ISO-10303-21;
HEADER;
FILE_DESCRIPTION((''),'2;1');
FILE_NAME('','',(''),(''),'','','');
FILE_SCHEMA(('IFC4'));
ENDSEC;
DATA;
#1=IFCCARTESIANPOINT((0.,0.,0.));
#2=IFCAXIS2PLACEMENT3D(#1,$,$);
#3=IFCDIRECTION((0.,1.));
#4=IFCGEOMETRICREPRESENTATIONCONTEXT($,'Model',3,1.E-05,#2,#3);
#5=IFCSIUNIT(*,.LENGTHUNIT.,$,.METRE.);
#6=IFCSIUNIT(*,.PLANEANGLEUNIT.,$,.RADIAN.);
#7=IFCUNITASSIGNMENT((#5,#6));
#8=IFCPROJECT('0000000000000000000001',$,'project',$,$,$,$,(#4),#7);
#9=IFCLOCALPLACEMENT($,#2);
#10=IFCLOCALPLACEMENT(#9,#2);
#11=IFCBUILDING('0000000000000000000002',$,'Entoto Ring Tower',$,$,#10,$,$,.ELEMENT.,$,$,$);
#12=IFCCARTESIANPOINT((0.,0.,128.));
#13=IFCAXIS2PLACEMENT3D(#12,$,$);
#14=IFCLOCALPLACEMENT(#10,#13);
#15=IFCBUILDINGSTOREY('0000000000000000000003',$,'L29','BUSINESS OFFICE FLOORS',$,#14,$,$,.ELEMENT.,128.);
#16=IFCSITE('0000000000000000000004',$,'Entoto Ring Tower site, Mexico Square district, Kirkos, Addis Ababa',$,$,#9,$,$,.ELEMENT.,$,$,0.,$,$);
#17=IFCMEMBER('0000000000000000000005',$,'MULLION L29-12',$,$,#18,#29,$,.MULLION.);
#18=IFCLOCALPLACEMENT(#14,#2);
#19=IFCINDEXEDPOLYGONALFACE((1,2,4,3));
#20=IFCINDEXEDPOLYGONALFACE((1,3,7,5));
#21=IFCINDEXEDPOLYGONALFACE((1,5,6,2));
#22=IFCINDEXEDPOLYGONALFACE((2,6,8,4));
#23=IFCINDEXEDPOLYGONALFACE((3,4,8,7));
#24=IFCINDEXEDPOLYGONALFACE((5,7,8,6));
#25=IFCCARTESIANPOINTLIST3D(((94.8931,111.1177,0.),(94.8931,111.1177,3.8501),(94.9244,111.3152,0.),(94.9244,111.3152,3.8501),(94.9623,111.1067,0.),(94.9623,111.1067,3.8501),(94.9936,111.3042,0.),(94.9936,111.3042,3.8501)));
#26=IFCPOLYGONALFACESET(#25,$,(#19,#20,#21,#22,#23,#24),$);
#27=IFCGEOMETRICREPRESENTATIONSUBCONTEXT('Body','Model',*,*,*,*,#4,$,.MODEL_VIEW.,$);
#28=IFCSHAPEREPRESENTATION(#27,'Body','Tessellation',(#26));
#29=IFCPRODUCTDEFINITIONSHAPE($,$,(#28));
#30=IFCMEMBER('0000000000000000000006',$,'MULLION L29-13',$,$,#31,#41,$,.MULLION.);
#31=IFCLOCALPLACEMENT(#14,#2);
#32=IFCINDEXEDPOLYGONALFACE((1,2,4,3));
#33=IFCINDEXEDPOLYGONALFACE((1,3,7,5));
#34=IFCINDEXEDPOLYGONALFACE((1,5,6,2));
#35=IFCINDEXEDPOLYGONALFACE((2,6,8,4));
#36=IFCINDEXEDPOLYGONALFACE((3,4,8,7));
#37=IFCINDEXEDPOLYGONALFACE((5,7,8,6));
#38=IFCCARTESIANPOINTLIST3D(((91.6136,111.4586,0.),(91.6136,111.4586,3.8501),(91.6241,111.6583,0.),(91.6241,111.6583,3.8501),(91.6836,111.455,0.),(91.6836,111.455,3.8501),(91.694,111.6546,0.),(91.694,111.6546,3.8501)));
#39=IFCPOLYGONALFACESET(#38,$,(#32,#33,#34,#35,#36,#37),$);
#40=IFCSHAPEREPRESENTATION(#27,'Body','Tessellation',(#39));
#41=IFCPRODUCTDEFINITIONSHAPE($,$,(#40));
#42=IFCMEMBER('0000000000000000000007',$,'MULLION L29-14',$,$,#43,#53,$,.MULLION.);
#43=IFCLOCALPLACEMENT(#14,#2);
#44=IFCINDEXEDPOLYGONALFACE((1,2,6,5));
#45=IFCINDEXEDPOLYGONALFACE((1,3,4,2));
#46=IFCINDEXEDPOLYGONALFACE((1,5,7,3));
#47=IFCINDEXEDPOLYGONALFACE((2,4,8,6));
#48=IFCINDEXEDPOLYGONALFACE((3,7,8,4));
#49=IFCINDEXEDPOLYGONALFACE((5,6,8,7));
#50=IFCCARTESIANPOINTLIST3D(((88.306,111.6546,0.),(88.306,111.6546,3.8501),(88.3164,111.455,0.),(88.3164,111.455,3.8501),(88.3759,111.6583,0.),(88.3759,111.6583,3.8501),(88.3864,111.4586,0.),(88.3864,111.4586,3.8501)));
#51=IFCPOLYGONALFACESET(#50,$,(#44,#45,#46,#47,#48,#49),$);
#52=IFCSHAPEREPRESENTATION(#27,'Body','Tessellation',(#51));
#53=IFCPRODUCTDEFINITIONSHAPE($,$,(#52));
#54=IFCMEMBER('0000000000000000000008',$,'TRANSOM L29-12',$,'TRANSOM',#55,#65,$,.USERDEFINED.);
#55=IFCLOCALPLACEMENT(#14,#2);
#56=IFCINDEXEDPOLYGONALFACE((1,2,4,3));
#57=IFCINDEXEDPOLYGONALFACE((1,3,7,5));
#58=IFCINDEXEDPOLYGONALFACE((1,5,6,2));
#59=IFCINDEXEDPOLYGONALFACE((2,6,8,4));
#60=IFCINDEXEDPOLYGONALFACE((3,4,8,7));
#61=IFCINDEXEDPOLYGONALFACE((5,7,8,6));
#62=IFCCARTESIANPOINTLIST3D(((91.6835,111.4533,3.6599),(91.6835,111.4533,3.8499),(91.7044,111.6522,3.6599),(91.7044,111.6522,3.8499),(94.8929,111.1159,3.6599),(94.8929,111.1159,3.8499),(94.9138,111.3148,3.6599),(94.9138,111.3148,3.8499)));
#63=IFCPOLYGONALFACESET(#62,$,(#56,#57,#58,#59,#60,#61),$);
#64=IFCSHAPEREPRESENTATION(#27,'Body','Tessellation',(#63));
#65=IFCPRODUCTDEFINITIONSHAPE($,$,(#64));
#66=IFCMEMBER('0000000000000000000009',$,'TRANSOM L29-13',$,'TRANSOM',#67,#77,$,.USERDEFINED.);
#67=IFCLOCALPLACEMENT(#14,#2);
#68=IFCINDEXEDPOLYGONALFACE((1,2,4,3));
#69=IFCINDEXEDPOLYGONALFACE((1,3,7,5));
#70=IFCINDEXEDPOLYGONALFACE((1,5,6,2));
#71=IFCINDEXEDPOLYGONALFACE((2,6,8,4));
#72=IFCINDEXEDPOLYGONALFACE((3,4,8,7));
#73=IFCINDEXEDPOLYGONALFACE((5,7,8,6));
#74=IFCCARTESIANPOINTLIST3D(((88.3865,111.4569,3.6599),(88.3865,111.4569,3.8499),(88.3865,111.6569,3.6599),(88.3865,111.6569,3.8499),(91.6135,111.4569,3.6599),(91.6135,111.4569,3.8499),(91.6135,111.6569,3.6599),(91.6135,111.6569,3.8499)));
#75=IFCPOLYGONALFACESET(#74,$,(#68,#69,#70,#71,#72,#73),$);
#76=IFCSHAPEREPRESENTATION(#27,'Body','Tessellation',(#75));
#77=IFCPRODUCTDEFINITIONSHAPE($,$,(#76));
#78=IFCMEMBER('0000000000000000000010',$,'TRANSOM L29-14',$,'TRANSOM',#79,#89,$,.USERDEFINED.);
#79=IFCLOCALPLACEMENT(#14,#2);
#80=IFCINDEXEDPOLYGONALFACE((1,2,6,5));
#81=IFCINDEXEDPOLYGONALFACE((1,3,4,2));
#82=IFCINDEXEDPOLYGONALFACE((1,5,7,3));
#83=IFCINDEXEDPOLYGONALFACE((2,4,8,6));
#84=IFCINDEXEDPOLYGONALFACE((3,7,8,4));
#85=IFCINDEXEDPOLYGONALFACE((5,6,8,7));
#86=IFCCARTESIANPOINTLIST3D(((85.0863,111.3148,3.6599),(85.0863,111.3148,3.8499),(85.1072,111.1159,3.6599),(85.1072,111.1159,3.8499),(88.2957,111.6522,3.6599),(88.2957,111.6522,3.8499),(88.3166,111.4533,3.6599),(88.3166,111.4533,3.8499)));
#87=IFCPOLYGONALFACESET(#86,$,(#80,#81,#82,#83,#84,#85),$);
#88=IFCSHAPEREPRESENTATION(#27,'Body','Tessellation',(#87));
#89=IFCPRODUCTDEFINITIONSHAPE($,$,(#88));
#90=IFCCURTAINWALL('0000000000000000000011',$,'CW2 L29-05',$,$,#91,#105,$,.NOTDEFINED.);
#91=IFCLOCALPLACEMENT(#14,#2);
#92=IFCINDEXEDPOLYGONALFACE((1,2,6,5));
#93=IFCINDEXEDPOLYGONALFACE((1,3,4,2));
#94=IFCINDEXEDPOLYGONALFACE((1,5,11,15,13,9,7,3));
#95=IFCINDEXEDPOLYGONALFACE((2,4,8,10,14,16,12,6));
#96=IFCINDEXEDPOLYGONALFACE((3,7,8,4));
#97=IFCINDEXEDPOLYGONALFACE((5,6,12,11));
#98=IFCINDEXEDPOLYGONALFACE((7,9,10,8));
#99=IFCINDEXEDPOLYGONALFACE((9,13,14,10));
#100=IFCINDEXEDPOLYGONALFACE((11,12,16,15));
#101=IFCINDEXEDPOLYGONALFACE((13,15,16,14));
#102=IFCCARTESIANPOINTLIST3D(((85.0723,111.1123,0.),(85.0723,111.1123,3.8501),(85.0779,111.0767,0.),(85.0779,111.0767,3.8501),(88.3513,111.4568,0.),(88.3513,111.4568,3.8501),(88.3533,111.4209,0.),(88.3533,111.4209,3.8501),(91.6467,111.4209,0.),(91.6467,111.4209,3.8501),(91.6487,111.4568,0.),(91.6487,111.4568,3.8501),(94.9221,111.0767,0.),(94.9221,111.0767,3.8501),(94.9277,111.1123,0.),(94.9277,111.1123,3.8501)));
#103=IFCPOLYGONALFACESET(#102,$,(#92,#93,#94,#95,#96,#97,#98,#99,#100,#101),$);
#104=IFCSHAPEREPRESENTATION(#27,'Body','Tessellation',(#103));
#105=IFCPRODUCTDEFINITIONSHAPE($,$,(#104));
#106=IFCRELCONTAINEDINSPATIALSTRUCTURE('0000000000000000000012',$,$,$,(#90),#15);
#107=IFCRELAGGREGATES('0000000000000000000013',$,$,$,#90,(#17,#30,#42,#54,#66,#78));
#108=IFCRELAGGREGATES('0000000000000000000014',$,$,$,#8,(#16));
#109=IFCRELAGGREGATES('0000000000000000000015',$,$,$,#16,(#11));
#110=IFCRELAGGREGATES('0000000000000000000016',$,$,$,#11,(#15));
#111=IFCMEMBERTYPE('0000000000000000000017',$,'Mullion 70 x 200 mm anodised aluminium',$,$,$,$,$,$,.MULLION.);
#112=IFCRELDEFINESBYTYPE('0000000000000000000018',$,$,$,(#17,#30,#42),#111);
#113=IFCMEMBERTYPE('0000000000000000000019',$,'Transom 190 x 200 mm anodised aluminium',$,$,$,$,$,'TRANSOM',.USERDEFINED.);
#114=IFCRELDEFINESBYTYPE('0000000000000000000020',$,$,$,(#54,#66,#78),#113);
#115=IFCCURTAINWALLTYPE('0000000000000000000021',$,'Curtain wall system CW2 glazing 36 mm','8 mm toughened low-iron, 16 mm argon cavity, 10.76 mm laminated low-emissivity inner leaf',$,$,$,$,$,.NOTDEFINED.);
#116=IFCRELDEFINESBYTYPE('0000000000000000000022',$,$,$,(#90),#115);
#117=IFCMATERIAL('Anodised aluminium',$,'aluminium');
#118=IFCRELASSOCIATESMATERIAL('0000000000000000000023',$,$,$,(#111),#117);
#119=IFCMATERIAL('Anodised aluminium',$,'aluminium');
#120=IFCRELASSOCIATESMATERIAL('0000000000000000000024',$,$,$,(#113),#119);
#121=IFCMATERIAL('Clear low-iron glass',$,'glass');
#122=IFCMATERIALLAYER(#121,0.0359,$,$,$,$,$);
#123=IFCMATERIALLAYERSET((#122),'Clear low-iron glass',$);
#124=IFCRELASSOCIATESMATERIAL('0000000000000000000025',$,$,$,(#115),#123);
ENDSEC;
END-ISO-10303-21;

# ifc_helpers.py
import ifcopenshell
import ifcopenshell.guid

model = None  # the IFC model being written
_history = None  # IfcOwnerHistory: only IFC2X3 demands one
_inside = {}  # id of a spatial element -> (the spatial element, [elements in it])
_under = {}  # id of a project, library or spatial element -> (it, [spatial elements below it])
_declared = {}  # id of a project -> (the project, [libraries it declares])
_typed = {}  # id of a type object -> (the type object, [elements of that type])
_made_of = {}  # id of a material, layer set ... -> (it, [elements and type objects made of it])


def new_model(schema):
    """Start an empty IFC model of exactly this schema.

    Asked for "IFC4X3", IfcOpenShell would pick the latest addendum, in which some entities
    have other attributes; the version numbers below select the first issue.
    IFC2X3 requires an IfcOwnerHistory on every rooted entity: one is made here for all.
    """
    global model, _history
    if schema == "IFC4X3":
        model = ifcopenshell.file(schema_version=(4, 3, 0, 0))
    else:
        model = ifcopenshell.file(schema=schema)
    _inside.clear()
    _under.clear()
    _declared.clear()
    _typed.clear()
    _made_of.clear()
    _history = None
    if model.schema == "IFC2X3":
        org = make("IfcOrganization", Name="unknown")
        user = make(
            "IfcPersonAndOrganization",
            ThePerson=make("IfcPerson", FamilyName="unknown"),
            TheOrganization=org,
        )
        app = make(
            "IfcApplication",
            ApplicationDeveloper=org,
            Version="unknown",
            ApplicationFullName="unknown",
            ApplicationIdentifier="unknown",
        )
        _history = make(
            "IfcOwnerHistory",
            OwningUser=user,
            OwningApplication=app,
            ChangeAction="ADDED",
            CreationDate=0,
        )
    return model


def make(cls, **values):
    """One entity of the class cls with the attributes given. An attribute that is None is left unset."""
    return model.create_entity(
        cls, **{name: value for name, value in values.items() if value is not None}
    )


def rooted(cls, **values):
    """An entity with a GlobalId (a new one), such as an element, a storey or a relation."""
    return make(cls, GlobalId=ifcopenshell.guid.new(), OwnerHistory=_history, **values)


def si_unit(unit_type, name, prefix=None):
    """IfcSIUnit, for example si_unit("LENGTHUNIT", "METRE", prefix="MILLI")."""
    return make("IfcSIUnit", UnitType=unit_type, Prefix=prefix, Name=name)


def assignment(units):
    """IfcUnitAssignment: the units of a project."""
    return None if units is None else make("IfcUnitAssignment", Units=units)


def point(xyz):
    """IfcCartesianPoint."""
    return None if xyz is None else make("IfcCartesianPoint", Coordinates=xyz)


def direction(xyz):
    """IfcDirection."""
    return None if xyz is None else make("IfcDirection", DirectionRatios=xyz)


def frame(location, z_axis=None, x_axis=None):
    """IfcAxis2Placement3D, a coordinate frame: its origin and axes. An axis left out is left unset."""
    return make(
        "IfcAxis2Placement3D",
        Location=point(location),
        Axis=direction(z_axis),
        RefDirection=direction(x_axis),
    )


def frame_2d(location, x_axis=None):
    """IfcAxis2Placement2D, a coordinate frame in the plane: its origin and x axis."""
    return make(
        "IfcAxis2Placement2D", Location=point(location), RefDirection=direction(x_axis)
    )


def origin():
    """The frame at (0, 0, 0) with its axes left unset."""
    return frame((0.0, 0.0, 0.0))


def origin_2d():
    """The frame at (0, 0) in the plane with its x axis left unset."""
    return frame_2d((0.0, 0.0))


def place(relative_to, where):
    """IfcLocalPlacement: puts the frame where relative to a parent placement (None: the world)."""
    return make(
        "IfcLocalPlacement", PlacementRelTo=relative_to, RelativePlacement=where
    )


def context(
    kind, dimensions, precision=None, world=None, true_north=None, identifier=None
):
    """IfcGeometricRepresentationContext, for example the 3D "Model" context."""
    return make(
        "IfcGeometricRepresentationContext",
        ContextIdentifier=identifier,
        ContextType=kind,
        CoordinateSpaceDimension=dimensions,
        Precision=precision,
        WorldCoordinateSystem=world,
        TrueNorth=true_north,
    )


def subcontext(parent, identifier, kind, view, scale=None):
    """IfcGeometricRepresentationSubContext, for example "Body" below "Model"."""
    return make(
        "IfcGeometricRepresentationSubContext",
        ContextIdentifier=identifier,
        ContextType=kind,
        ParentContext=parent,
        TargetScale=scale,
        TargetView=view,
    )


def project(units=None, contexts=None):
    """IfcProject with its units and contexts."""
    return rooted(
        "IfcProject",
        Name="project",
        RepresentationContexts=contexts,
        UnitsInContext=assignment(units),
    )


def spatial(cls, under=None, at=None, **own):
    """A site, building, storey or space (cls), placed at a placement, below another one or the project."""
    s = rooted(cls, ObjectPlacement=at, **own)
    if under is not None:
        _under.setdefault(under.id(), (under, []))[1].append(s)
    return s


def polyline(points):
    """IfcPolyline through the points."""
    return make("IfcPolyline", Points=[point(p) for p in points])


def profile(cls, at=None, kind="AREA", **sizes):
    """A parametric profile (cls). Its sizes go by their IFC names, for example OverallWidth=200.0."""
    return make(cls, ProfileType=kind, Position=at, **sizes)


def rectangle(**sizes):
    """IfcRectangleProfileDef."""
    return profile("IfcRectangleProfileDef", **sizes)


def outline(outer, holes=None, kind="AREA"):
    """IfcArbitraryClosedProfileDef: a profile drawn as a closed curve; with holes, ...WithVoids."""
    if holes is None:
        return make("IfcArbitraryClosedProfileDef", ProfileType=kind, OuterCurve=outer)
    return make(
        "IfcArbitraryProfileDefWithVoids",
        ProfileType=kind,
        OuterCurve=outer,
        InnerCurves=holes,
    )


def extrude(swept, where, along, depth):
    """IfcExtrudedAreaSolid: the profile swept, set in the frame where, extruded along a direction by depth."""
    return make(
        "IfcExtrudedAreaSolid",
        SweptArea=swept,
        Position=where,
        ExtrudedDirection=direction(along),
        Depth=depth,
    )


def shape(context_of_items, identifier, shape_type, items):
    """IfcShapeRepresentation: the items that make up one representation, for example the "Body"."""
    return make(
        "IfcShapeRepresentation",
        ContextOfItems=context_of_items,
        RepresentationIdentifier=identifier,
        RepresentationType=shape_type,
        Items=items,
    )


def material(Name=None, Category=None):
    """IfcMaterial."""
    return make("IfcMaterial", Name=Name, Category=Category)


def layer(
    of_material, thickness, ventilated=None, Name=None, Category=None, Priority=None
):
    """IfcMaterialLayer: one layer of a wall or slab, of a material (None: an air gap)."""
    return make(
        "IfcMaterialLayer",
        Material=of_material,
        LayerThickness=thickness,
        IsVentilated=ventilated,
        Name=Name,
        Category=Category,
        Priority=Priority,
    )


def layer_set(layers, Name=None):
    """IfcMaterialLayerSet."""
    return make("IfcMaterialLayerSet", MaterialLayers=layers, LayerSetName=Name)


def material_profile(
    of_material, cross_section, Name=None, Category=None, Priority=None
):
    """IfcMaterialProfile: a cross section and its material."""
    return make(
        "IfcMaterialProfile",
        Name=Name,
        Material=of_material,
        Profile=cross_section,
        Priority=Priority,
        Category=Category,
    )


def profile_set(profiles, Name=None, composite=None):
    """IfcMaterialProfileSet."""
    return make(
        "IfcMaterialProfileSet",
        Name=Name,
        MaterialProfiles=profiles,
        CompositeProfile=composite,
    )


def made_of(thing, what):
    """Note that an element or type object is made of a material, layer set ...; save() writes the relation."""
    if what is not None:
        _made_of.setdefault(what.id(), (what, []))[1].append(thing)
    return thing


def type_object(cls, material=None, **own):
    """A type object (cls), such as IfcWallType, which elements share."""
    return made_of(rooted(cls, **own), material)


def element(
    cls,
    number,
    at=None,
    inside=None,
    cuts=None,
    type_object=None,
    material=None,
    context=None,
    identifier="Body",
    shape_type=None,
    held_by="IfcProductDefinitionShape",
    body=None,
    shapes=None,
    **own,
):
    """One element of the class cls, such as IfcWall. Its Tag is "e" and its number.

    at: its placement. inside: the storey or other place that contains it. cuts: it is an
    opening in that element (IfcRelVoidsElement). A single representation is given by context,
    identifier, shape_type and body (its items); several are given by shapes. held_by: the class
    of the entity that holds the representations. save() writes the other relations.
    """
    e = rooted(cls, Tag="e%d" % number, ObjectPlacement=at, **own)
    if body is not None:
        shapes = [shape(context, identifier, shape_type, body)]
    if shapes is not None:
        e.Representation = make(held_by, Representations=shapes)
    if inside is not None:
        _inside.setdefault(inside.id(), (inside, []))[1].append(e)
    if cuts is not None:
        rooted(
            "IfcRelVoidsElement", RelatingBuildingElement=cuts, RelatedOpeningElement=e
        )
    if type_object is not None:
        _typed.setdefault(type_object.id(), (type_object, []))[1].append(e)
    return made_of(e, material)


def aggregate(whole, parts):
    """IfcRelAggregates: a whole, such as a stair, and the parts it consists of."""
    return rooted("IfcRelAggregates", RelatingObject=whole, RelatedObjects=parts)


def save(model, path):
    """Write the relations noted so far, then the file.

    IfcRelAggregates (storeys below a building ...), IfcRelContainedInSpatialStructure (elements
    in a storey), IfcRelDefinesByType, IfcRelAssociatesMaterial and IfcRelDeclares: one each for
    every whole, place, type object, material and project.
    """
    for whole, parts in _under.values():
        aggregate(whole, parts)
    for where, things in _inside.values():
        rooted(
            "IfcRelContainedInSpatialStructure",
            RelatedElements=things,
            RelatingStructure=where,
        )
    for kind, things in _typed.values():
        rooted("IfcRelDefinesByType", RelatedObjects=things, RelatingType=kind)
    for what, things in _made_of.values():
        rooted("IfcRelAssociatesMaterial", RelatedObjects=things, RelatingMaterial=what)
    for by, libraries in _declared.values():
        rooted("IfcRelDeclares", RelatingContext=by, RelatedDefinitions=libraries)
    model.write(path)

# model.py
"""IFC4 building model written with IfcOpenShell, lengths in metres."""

from ifc_helpers import new_model, si_unit, direction, frame, origin, origin_2d, place, context, subcontext, project, spatial, polyline, rectangle, outline, extrude, material, layer, layer_set, material_profile, profile_set, type_object, element, aggregate, save


model = new_model("IFC4")

# Units and contexts
model_context = context("Model", 3, precision=1e-05, world=origin(), true_north=direction((0.0, 1.0)))
body_context = subcontext(model_context, "Body", "Model", "MODEL_VIEW")
ifc_project = project(units=[si_unit("LENGTHUNIT", "METRE"), si_unit("PLANEANGLEUNIT", "RADIAN")], contexts=[model_context])

# Members
ifc_material_1 = material(Name="Anodised aluminium", Category="aluminium")
ifc_material_profile_1 = material_profile(ifc_material_1, rectangle(XDim=0.0701, YDim=0.2, at=origin_2d()), Name="Mullion 70 x 200 mm anodised aluminium")
ifc_profile_set_1 = profile_set([ifc_material_profile_1], Name="Anodised aluminium")
member_type_1 = type_object("IfcMemberType", Name="Mullion 70 x 200 mm anodised aluminium", PredefinedType="MULLION", material=ifc_profile_set_1)
site_placement = place(None, origin())
building_placement = place(site_placement, origin())
storey_placement = place(building_placement, frame((0.0, 0.0, 128.0)))
member_1_placement = place(storey_placement, frame((94.9434, 111.2109, 0.0), z_axis=(0.0, 0.0, 1.0), x_axis=(-0.987688, 0.156434, 0.0)))
member_1 = element("IfcMember", 1, at=member_1_placement, type_object=member_type_1, Name="MULLION L29-12", PredefinedType="MULLION", context=body_context, shape_type="SweptSolid", body=[
    extrude(rectangle(XDim=0.0701, YDim=0.2, at=origin_2d()), origin(), (0.0, 0.0, 1.0), 3.8501),
])
member_2_placement = place(storey_placement, frame((91.6538, 111.5566, 0.0), z_axis=(0.0, 0.0, 1.0), x_axis=(-0.99863, 0.052336, 0.0)))
member_2 = element("IfcMember", 2, at=member_2_placement, type_object=member_type_1, Name="MULLION L29-13", PredefinedType="MULLION", context=body_context, shape_type="SweptSolid", body=[
    extrude(rectangle(XDim=0.0701, YDim=0.2, at=origin_2d()), origin(), (0.0, 0.0, 1.0), 3.8501),
])
member_3_placement = place(storey_placement, frame((88.3462, 111.5566, 0.0), z_axis=(0.0, 0.0, 1.0), x_axis=(-0.99863, -0.052336, 0.0)))
member_3 = element("IfcMember", 3, at=member_3_placement, type_object=member_type_1, Name="MULLION L29-14", PredefinedType="MULLION", context=body_context, shape_type="SweptSolid", body=[
    extrude(rectangle(XDim=0.0701, YDim=0.2, at=origin_2d()), origin(), (0.0, 0.0, 1.0), 3.8501),
])
ifc_material_2 = material(Name="Anodised aluminium", Category="aluminium")
ifc_material_profile_2 = material_profile(ifc_material_2, rectangle(XDim=0.2, YDim=0.1899, at=origin_2d()), Name="Transom 190 x 200 mm anodised aluminium")
ifc_profile_set_2 = profile_set([ifc_material_profile_2], Name="Anodised aluminium")
member_type_2 = type_object("IfcMemberType", Name="Transom 190 x 200 mm anodised aluminium", ElementType="TRANSOM", PredefinedType="USERDEFINED", material=ifc_profile_set_2)
member_4_placement = place(storey_placement, frame((94.9033, 111.2153, 3.7549), z_axis=(-0.99452, 0.104551, 0.0), x_axis=(-0.104551, -0.99452, 0.0)))
member_4 = element("IfcMember", 4, at=member_4_placement, type_object=member_type_2, Name="TRANSOM L29-12", ObjectType="TRANSOM", PredefinedType="USERDEFINED", context=body_context, shape_type="SweptSolid", body=[
    extrude(rectangle(XDim=0.2, YDim=0.1899, at=origin_2d()), origin(), (0.0, 0.0, 1.0), 3.2271),
])
member_5_placement = place(storey_placement, frame((91.6135, 111.5569, 3.7549), z_axis=(-1.0, 0.0, 0.0), x_axis=(0.0, -1.0, 0.0)))
member_5 = element("IfcMember", 5, at=member_5_placement, type_object=member_type_2, Name="TRANSOM L29-13", ObjectType="TRANSOM", PredefinedType="USERDEFINED", context=body_context, shape_type="SweptSolid", body=[
    extrude(rectangle(XDim=0.2, YDim=0.1899, at=origin_2d()), origin(), (0.0, 0.0, 1.0), 3.2271),
])
member_6_placement = place(storey_placement, frame((88.3062, 111.5527, 3.7549), z_axis=(-0.99452, -0.104551, 0.0), x_axis=(0.104551, -0.99452, 0.0)))
member_6 = element("IfcMember", 6, at=member_6_placement, type_object=member_type_2, Name="TRANSOM L29-14", ObjectType="TRANSOM", PredefinedType="USERDEFINED", context=body_context, shape_type="SweptSolid", body=[
    extrude(rectangle(XDim=0.2, YDim=0.1899, at=origin_2d()), origin(), (0.0, 0.0, 1.0), 3.2271),
])

# Site, building, storey
site = spatial("IfcSite", under=ifc_project, at=site_placement, Name="Entoto Ring Tower site, Mexico Square district, Kirkos, Addis Ababa", CompositionType="ELEMENT", RefElevation=0.0)
building = spatial("IfcBuilding", under=site, at=building_placement, Name="Entoto Ring Tower", CompositionType="ELEMENT")
storey = spatial("IfcBuildingStorey", under=building, at=storey_placement, Name="L29", Description="BUSINESS OFFICE FLOORS", CompositionType="ELEMENT", Elevation=128.0)

# Curtain wall
ifc_material_3 = material(Name="Clear low-iron glass", Category="glass")
ifc_layer = layer(ifc_material_3, 0.0359)
ifc_layer_set = layer_set([ifc_layer], Name="Clear low-iron glass")
curtain_wall_type = type_object("IfcCurtainWallType", Name="Curtain wall system CW2 glazing 36 mm", Description="8 mm toughened low-iron, 16 mm argon cavity, 10.76 mm laminated low-emissivity inner leaf", PredefinedType="NOTDEFINED", material=ifc_layer_set)
curtain_wall_1_placement = place(storey_placement, origin())
curtain_wall_1 = element("IfcCurtainWall", 7, at=curtain_wall_1_placement, inside=storey, type_object=curtain_wall_type, Name="CW2 L29-05", PredefinedType="NOTDEFINED", context=body_context, shape_type="SweptSolid", body=[
    extrude(outline(polyline([(94.9277, 111.1123), (91.6487, 111.4568), (88.3513, 111.4568), (85.0723, 111.1123), (85.0779, 111.0767), (88.3533, 111.4209), (91.6467, 111.4209), (94.9221, 111.0767), (94.9277, 111.1123)])), origin(), (0.0, 0.0, 1.0), 3.8501),
])
aggregate(curtain_wall_1, [member_1, member_2, member_3, member_4, member_5, member_6])

save(model, "model.ifc")
